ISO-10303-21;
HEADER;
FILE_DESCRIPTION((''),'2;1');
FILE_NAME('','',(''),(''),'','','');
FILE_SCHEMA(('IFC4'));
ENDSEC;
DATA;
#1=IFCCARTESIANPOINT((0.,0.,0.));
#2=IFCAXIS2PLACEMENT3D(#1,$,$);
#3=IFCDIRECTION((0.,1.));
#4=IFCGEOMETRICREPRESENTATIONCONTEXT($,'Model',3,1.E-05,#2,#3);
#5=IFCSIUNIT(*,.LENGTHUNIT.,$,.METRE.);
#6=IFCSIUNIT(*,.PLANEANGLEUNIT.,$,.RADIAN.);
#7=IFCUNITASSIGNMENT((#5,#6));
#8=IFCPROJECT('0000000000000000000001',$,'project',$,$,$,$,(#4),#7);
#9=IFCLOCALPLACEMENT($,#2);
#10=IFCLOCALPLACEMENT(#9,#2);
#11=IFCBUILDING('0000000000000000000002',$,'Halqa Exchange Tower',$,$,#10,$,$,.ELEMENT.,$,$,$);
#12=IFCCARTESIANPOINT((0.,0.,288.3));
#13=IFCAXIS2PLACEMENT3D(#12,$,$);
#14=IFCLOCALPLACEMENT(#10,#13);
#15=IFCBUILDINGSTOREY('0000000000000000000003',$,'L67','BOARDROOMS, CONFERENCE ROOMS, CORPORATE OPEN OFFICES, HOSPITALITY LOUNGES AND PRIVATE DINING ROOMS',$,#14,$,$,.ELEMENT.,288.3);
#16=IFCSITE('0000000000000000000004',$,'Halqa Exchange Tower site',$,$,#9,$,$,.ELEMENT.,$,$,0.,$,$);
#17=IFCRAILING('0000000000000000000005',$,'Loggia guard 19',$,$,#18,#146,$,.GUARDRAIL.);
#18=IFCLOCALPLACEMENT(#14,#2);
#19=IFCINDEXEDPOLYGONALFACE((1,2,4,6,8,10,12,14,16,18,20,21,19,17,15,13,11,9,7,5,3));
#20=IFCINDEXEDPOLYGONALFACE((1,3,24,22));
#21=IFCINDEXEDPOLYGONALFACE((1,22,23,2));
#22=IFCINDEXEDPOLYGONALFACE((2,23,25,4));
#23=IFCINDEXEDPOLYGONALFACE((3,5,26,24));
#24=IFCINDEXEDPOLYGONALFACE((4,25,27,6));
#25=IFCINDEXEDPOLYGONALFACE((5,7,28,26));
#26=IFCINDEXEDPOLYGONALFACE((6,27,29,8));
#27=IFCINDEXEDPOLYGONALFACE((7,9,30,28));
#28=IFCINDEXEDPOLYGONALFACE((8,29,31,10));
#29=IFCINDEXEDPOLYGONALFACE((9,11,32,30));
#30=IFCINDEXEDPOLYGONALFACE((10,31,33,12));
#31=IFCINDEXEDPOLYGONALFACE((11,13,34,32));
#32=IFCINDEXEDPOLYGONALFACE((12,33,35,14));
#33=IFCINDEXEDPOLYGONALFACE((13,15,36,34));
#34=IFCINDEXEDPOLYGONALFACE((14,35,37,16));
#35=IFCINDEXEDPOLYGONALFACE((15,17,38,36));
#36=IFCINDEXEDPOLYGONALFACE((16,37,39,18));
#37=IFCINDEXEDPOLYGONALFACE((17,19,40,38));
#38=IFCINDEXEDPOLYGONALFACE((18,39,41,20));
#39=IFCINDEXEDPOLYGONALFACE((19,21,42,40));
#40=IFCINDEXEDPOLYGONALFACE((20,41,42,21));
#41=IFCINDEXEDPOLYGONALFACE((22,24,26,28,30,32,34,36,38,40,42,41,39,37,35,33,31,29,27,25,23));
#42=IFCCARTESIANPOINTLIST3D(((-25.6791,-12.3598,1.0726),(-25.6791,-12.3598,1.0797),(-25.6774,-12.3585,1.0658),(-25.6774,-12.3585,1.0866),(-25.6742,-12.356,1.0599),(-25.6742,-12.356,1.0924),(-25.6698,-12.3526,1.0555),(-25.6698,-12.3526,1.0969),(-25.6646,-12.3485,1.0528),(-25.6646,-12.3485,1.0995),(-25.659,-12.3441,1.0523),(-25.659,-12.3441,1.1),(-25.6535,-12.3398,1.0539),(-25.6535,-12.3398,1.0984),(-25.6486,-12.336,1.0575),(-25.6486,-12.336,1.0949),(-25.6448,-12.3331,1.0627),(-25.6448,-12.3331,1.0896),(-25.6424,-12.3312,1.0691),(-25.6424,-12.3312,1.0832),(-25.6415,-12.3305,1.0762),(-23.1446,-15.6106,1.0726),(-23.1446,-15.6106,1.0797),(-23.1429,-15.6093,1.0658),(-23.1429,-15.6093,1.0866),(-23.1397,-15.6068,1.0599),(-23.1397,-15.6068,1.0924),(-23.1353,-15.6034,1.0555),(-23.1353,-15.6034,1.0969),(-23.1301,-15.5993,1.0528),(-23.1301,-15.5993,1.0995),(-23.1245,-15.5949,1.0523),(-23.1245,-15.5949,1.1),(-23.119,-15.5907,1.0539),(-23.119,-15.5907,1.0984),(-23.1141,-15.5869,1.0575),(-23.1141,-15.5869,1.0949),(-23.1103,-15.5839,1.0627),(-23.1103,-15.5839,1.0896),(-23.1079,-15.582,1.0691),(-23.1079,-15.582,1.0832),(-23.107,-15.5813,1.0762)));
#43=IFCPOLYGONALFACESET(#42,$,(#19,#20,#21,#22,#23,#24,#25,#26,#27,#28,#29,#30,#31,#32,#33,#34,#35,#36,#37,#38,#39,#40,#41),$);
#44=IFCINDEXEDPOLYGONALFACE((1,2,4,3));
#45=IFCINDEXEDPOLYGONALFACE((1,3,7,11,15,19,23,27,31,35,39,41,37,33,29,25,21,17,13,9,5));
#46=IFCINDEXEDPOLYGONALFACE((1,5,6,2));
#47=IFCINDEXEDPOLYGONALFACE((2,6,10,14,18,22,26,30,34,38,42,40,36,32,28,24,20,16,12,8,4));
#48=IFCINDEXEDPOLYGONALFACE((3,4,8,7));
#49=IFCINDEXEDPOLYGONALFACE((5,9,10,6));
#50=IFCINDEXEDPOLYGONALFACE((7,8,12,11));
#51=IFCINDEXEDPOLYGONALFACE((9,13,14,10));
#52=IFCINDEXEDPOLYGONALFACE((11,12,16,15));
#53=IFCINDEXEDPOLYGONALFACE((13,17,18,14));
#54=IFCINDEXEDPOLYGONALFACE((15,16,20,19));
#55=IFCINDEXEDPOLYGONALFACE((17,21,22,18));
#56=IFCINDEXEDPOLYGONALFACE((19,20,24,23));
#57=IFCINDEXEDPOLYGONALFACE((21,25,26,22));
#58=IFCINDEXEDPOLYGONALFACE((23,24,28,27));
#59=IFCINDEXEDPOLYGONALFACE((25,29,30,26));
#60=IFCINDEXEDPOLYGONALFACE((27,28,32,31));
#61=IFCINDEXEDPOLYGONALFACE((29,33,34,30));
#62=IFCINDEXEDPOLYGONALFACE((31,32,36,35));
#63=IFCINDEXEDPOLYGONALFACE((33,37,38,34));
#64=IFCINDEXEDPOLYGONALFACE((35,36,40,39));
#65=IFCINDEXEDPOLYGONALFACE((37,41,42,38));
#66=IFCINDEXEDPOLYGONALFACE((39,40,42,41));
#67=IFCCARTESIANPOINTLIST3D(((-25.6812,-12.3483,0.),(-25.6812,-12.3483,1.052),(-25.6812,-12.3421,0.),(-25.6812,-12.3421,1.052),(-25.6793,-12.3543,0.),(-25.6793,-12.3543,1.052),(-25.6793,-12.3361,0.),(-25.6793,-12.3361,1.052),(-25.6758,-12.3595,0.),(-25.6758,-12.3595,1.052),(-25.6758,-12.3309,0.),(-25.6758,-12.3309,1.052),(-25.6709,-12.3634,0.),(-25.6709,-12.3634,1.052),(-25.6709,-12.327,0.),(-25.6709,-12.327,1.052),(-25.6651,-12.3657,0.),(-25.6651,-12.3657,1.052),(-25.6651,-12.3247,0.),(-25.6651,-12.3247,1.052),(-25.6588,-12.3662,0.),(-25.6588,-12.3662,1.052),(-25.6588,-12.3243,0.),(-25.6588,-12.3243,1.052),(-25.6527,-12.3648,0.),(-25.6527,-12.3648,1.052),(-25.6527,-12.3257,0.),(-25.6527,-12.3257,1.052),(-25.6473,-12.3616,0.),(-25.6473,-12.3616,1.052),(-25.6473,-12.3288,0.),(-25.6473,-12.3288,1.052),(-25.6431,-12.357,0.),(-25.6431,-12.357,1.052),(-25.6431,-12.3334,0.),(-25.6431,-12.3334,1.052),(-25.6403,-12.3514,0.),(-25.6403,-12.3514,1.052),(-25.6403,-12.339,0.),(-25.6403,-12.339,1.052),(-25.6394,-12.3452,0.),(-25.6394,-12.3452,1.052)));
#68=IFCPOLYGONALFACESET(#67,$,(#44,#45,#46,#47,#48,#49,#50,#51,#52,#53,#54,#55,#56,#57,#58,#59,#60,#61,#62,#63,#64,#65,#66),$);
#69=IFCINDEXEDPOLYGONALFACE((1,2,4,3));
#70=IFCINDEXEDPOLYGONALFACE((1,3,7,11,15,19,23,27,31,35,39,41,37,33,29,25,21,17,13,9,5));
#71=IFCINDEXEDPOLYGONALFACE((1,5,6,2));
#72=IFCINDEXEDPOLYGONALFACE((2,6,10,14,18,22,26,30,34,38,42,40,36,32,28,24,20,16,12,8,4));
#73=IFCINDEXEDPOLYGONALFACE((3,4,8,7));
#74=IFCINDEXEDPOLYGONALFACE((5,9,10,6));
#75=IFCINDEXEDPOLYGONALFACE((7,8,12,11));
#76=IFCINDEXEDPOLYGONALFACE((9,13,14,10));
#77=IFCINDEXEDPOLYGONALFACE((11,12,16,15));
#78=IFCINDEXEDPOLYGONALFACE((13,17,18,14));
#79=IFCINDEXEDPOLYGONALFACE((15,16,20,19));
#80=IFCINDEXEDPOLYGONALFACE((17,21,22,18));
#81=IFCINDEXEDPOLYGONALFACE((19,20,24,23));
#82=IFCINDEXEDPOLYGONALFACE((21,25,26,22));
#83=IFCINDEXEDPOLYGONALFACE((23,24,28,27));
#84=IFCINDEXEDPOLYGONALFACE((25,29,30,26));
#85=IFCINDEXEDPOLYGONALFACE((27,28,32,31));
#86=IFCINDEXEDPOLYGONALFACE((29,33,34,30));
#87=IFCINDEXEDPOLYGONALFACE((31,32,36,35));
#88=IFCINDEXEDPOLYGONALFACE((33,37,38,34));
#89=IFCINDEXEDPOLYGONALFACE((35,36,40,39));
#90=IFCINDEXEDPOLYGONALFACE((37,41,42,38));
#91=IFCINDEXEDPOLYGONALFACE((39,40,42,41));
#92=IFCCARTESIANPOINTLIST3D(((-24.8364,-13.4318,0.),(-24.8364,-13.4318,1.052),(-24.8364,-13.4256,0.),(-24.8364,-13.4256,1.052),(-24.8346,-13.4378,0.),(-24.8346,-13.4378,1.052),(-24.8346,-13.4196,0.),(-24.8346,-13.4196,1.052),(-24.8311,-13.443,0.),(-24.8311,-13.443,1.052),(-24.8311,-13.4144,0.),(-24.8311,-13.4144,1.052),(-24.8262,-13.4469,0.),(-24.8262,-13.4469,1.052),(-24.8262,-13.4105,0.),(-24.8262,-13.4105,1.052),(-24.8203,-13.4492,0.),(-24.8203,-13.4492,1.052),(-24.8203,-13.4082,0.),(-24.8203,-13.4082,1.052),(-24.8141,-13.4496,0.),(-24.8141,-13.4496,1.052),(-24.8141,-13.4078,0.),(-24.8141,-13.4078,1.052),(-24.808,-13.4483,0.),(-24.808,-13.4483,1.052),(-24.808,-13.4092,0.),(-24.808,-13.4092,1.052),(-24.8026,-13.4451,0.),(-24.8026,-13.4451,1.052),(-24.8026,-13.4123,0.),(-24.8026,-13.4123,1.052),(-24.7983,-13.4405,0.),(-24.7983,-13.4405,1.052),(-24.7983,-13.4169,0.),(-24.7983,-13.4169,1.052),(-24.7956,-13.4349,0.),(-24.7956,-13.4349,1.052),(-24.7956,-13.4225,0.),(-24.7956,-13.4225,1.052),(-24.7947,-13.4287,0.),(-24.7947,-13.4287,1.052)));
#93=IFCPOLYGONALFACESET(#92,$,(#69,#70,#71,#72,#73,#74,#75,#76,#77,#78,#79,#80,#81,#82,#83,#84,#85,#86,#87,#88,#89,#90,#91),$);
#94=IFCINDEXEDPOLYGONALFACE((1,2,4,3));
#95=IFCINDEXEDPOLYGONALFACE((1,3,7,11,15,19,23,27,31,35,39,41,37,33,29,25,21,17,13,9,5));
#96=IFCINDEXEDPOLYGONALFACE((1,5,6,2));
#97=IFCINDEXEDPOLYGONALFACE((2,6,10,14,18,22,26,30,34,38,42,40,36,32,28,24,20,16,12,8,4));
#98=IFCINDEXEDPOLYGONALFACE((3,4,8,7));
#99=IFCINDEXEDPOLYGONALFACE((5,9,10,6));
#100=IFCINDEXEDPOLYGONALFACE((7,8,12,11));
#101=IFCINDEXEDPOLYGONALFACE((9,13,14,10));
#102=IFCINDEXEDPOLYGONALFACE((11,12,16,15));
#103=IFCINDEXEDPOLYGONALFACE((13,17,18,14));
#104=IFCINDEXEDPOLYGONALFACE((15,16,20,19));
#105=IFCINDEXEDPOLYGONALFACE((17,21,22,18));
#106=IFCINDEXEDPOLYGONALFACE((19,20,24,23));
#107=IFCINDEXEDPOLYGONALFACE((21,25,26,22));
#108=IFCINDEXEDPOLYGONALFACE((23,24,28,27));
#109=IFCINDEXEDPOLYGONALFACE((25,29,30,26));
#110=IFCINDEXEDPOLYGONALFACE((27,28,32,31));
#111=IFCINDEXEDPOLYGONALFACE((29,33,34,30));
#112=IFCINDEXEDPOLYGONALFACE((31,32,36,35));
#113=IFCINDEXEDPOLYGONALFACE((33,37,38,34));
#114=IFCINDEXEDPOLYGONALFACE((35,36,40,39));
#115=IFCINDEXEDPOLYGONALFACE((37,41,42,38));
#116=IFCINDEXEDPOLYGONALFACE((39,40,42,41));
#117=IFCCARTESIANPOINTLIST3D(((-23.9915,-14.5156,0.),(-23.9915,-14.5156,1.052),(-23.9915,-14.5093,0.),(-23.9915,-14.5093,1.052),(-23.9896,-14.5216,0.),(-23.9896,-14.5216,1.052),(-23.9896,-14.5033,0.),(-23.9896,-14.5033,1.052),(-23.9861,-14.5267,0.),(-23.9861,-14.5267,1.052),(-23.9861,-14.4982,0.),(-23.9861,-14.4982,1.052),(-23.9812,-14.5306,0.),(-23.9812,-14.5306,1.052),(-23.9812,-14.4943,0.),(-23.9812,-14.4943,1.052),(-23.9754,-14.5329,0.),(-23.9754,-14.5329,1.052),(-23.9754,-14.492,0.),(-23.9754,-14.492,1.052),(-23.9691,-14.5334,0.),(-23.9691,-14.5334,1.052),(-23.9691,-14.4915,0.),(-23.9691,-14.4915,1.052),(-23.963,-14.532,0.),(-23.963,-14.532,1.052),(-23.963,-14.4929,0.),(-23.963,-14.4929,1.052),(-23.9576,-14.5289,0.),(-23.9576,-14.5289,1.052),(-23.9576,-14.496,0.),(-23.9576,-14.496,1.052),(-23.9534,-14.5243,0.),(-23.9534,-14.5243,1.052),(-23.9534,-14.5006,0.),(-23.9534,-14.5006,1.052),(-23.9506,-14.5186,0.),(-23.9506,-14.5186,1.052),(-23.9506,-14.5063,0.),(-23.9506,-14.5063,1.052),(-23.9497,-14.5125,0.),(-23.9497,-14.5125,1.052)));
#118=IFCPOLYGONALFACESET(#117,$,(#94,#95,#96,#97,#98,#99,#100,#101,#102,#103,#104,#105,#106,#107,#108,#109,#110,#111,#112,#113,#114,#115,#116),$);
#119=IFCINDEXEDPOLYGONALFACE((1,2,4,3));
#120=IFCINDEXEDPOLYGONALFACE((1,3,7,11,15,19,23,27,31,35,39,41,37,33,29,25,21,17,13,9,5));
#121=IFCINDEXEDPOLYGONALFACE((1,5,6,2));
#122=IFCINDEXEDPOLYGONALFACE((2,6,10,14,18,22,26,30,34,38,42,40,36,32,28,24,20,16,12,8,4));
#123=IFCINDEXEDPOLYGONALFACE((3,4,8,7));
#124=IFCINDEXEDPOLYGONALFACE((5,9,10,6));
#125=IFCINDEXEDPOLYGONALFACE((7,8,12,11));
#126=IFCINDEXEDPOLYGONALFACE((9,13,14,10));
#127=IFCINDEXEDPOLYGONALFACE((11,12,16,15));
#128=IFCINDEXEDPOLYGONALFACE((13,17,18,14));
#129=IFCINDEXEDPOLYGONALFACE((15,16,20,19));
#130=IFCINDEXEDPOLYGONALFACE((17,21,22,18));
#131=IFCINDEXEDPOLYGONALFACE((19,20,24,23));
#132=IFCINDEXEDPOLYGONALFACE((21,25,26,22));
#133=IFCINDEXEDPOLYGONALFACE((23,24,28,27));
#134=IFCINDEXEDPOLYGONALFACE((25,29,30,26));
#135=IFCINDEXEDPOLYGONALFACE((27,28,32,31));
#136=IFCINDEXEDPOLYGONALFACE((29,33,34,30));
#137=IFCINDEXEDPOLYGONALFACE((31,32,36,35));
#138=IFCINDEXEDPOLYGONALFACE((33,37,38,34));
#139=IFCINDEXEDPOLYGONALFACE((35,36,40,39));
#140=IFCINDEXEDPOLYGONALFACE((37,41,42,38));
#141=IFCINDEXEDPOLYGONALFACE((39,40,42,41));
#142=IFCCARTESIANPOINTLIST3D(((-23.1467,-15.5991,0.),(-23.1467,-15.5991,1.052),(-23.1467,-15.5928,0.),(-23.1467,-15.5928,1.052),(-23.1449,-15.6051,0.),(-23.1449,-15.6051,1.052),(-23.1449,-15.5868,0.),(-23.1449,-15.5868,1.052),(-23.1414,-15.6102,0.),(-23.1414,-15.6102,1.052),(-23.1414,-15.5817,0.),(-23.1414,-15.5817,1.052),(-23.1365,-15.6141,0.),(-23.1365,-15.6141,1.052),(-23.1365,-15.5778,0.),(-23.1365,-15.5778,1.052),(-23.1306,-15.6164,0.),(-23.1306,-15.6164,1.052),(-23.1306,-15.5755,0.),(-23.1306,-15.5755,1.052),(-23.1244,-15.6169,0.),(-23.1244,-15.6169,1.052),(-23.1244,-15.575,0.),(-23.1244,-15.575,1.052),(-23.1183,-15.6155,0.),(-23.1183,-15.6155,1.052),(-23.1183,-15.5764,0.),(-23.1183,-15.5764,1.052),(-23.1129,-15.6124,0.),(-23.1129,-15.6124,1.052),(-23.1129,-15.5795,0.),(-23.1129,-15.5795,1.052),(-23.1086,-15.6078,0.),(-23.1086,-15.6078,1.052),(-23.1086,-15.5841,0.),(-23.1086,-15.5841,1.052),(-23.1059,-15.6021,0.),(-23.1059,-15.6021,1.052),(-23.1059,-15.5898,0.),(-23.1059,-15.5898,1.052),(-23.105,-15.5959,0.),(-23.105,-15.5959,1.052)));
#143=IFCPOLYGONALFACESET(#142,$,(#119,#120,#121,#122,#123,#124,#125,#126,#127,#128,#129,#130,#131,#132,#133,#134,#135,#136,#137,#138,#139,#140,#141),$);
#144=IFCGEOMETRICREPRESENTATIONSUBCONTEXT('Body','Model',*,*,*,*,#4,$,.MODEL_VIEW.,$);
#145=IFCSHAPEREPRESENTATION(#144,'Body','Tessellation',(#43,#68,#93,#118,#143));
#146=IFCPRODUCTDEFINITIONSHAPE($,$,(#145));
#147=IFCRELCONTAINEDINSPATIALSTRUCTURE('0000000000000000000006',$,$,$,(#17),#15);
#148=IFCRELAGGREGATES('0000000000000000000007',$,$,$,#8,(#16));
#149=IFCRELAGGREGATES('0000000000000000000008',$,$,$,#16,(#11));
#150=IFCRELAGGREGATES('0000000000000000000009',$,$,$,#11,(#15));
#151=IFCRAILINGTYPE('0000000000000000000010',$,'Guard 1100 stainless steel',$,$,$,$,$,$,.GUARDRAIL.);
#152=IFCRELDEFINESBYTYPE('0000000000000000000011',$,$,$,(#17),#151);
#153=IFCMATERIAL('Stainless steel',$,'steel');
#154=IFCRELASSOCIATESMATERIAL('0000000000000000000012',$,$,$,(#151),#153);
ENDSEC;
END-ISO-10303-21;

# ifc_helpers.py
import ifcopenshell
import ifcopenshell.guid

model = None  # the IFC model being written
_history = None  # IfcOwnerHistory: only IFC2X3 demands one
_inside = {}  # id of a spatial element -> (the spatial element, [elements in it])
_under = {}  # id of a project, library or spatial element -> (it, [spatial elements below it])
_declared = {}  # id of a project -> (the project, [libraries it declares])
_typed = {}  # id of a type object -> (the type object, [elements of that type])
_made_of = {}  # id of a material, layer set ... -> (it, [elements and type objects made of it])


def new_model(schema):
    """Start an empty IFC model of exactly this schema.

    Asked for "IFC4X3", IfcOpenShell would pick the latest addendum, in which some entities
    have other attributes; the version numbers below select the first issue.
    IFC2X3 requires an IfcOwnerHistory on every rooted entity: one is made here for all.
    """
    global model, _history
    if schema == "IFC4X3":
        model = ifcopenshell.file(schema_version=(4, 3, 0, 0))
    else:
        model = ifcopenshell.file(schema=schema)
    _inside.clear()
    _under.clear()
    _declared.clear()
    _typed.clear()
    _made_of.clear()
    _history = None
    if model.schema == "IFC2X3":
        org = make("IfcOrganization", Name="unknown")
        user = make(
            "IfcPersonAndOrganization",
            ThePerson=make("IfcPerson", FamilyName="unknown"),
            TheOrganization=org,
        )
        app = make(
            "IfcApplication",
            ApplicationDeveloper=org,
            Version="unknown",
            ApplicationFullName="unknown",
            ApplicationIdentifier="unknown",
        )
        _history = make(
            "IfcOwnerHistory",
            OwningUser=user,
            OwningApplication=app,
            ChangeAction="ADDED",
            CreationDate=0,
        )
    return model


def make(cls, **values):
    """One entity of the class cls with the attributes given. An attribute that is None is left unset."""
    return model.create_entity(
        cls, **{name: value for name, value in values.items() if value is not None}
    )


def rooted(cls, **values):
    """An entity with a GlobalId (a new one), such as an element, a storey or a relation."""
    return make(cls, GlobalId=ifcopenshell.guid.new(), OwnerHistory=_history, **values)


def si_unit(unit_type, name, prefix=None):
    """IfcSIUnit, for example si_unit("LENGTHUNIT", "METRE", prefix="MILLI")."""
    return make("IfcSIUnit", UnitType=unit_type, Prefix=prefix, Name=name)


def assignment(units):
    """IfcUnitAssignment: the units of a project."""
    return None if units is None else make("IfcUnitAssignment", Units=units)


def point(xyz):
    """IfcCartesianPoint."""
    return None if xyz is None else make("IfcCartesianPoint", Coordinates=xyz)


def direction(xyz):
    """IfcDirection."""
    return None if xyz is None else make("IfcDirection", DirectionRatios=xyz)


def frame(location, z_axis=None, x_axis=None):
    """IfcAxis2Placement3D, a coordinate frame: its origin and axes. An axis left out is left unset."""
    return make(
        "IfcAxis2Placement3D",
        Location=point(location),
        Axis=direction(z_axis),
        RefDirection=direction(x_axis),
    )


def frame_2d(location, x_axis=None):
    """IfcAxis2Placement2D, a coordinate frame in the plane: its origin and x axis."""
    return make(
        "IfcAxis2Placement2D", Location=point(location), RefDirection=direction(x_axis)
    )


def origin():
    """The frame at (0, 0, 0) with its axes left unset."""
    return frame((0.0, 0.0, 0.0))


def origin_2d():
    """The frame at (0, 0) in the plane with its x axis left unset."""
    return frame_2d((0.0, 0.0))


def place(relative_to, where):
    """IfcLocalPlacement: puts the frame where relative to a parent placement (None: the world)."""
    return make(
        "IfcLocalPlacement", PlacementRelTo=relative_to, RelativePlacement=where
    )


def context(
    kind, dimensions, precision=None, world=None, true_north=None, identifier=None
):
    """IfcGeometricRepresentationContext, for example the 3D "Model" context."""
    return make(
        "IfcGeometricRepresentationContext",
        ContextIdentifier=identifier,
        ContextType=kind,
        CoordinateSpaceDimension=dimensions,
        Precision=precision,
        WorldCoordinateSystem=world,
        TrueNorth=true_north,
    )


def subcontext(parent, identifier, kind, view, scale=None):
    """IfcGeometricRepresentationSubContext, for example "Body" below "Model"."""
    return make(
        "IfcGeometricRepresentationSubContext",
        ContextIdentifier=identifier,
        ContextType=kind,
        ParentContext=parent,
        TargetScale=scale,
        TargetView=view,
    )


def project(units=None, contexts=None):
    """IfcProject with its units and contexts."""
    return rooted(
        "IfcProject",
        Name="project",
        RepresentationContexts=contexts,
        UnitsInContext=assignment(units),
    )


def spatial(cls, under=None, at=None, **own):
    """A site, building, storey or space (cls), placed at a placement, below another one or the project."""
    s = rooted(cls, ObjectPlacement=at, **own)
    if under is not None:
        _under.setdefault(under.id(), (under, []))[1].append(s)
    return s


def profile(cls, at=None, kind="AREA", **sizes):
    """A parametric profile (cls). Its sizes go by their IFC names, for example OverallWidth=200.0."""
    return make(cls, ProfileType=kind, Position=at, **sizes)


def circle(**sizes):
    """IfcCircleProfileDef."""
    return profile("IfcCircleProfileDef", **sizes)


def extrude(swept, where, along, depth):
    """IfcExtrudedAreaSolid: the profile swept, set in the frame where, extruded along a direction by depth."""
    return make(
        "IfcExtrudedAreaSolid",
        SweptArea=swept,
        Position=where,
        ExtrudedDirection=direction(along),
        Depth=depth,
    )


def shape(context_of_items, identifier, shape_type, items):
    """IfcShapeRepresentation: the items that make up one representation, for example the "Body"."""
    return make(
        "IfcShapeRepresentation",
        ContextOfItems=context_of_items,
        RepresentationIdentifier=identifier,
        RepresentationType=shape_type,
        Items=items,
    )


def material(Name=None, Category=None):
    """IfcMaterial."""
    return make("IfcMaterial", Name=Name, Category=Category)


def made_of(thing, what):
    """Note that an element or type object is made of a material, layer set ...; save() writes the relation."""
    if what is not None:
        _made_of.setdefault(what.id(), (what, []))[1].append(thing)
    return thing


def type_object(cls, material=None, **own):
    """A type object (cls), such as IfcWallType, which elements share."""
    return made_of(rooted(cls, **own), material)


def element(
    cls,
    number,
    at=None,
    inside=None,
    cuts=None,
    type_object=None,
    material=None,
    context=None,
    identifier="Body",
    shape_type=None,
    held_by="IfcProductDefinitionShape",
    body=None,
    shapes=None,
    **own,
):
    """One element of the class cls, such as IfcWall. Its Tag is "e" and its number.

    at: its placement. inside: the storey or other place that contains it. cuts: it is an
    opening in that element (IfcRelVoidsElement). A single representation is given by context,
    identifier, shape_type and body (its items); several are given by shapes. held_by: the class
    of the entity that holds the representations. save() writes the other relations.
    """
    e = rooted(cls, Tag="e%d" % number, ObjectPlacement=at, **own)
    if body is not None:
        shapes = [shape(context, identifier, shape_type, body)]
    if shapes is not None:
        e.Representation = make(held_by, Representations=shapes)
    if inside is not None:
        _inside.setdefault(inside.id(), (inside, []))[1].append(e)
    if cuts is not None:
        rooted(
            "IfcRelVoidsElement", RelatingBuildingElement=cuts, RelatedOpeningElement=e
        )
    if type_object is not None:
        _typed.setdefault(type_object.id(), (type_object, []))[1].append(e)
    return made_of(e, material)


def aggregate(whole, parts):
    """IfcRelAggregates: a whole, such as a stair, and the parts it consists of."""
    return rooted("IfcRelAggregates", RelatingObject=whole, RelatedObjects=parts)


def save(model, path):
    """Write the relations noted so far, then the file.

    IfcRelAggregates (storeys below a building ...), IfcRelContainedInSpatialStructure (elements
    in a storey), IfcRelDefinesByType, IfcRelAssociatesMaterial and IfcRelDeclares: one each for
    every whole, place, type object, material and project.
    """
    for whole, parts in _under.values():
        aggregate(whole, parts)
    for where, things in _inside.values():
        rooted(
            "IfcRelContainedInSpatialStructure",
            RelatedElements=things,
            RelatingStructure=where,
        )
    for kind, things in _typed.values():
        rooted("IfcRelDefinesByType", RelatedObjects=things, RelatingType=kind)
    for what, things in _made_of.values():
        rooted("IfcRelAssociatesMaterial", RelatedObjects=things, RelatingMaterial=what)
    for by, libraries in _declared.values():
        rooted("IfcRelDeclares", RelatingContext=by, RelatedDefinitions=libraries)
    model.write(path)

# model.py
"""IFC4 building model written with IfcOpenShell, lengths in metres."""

from ifc_helpers import new_model, si_unit, direction, frame, origin, origin_2d, place, context, subcontext, project, spatial, circle, extrude, material, type_object, element, save


model = new_model("IFC4")

# Units and contexts
model_context = context("Model", 3, precision=1e-05, world=origin(), true_north=direction((0.0, 1.0)))
body_context = subcontext(model_context, "Body", "Model", "MODEL_VIEW")
ifc_project = project(units=[si_unit("LENGTHUNIT", "METRE"), si_unit("PLANEANGLEUNIT", "RADIAN")], contexts=[model_context])

# Site, building, storey
site_placement = place(None, origin())
site = spatial("IfcSite", under=ifc_project, at=site_placement, Name="Halqa Exchange Tower site", CompositionType="ELEMENT", RefElevation=0.0)
building_placement = place(site_placement, origin())
building = spatial("IfcBuilding", under=site, at=building_placement, Name="Halqa Exchange Tower", CompositionType="ELEMENT")
storey_placement = place(building_placement, frame((0.0, 0.0, 288.3)))
storey = spatial("IfcBuildingStorey", under=building, at=storey_placement, Name="L67", Description="BOARDROOMS, CONFERENCE ROOMS, CORPORATE OPEN OFFICES, HOSPITALITY LOUNGES AND PRIVATE DINING ROOMS", CompositionType="ELEMENT", Elevation=288.3)

# Railing
ifc_material_1 = material(Name="Stainless steel", Category="steel")
railing_type = type_object("IfcRailingType", Name="Guard 1100 stainless steel", PredefinedType="GUARDRAIL", material=ifc_material_1)
railing_1_placement = place(storey_placement, frame((-25.6604, -12.3452, 0.0)))
element("IfcRailing", 1, at=railing_1_placement, inside=storey, type_object=railing_type, Name="Loggia guard 19", PredefinedType="GUARDRAIL", context=body_context, shape_type="SweptSolid", body=[
    extrude(circle(Radius=0.0239, at=origin_2d()), frame((0.0, 0.0, 1.0762), z_axis=(0.614859, -0.788637, 0.0), x_axis=(0.788637, 0.614859, 0.0)), (0.0, 0.0, 1.0), 4.1221),
    extrude(circle(Radius=0.021, at=origin_2d()), origin(), (0.0, 0.0, 1.0), 1.052),
    extrude(circle(Radius=0.021, at=origin_2d()), frame((0.8447, -1.0835, 0.0)), (0.0, 0.0, 1.0), 1.052),
    extrude(circle(Radius=0.021, at=origin_2d()), frame((1.6897, -2.1672, 0.0)), (0.0, 0.0, 1.0), 1.052),
    extrude(circle(Radius=0.021, at=origin_2d()), frame((2.5344, -3.2507, 0.0)), (0.0, 0.0, 1.0), 1.052),
])

save(model, "model.ifc")
